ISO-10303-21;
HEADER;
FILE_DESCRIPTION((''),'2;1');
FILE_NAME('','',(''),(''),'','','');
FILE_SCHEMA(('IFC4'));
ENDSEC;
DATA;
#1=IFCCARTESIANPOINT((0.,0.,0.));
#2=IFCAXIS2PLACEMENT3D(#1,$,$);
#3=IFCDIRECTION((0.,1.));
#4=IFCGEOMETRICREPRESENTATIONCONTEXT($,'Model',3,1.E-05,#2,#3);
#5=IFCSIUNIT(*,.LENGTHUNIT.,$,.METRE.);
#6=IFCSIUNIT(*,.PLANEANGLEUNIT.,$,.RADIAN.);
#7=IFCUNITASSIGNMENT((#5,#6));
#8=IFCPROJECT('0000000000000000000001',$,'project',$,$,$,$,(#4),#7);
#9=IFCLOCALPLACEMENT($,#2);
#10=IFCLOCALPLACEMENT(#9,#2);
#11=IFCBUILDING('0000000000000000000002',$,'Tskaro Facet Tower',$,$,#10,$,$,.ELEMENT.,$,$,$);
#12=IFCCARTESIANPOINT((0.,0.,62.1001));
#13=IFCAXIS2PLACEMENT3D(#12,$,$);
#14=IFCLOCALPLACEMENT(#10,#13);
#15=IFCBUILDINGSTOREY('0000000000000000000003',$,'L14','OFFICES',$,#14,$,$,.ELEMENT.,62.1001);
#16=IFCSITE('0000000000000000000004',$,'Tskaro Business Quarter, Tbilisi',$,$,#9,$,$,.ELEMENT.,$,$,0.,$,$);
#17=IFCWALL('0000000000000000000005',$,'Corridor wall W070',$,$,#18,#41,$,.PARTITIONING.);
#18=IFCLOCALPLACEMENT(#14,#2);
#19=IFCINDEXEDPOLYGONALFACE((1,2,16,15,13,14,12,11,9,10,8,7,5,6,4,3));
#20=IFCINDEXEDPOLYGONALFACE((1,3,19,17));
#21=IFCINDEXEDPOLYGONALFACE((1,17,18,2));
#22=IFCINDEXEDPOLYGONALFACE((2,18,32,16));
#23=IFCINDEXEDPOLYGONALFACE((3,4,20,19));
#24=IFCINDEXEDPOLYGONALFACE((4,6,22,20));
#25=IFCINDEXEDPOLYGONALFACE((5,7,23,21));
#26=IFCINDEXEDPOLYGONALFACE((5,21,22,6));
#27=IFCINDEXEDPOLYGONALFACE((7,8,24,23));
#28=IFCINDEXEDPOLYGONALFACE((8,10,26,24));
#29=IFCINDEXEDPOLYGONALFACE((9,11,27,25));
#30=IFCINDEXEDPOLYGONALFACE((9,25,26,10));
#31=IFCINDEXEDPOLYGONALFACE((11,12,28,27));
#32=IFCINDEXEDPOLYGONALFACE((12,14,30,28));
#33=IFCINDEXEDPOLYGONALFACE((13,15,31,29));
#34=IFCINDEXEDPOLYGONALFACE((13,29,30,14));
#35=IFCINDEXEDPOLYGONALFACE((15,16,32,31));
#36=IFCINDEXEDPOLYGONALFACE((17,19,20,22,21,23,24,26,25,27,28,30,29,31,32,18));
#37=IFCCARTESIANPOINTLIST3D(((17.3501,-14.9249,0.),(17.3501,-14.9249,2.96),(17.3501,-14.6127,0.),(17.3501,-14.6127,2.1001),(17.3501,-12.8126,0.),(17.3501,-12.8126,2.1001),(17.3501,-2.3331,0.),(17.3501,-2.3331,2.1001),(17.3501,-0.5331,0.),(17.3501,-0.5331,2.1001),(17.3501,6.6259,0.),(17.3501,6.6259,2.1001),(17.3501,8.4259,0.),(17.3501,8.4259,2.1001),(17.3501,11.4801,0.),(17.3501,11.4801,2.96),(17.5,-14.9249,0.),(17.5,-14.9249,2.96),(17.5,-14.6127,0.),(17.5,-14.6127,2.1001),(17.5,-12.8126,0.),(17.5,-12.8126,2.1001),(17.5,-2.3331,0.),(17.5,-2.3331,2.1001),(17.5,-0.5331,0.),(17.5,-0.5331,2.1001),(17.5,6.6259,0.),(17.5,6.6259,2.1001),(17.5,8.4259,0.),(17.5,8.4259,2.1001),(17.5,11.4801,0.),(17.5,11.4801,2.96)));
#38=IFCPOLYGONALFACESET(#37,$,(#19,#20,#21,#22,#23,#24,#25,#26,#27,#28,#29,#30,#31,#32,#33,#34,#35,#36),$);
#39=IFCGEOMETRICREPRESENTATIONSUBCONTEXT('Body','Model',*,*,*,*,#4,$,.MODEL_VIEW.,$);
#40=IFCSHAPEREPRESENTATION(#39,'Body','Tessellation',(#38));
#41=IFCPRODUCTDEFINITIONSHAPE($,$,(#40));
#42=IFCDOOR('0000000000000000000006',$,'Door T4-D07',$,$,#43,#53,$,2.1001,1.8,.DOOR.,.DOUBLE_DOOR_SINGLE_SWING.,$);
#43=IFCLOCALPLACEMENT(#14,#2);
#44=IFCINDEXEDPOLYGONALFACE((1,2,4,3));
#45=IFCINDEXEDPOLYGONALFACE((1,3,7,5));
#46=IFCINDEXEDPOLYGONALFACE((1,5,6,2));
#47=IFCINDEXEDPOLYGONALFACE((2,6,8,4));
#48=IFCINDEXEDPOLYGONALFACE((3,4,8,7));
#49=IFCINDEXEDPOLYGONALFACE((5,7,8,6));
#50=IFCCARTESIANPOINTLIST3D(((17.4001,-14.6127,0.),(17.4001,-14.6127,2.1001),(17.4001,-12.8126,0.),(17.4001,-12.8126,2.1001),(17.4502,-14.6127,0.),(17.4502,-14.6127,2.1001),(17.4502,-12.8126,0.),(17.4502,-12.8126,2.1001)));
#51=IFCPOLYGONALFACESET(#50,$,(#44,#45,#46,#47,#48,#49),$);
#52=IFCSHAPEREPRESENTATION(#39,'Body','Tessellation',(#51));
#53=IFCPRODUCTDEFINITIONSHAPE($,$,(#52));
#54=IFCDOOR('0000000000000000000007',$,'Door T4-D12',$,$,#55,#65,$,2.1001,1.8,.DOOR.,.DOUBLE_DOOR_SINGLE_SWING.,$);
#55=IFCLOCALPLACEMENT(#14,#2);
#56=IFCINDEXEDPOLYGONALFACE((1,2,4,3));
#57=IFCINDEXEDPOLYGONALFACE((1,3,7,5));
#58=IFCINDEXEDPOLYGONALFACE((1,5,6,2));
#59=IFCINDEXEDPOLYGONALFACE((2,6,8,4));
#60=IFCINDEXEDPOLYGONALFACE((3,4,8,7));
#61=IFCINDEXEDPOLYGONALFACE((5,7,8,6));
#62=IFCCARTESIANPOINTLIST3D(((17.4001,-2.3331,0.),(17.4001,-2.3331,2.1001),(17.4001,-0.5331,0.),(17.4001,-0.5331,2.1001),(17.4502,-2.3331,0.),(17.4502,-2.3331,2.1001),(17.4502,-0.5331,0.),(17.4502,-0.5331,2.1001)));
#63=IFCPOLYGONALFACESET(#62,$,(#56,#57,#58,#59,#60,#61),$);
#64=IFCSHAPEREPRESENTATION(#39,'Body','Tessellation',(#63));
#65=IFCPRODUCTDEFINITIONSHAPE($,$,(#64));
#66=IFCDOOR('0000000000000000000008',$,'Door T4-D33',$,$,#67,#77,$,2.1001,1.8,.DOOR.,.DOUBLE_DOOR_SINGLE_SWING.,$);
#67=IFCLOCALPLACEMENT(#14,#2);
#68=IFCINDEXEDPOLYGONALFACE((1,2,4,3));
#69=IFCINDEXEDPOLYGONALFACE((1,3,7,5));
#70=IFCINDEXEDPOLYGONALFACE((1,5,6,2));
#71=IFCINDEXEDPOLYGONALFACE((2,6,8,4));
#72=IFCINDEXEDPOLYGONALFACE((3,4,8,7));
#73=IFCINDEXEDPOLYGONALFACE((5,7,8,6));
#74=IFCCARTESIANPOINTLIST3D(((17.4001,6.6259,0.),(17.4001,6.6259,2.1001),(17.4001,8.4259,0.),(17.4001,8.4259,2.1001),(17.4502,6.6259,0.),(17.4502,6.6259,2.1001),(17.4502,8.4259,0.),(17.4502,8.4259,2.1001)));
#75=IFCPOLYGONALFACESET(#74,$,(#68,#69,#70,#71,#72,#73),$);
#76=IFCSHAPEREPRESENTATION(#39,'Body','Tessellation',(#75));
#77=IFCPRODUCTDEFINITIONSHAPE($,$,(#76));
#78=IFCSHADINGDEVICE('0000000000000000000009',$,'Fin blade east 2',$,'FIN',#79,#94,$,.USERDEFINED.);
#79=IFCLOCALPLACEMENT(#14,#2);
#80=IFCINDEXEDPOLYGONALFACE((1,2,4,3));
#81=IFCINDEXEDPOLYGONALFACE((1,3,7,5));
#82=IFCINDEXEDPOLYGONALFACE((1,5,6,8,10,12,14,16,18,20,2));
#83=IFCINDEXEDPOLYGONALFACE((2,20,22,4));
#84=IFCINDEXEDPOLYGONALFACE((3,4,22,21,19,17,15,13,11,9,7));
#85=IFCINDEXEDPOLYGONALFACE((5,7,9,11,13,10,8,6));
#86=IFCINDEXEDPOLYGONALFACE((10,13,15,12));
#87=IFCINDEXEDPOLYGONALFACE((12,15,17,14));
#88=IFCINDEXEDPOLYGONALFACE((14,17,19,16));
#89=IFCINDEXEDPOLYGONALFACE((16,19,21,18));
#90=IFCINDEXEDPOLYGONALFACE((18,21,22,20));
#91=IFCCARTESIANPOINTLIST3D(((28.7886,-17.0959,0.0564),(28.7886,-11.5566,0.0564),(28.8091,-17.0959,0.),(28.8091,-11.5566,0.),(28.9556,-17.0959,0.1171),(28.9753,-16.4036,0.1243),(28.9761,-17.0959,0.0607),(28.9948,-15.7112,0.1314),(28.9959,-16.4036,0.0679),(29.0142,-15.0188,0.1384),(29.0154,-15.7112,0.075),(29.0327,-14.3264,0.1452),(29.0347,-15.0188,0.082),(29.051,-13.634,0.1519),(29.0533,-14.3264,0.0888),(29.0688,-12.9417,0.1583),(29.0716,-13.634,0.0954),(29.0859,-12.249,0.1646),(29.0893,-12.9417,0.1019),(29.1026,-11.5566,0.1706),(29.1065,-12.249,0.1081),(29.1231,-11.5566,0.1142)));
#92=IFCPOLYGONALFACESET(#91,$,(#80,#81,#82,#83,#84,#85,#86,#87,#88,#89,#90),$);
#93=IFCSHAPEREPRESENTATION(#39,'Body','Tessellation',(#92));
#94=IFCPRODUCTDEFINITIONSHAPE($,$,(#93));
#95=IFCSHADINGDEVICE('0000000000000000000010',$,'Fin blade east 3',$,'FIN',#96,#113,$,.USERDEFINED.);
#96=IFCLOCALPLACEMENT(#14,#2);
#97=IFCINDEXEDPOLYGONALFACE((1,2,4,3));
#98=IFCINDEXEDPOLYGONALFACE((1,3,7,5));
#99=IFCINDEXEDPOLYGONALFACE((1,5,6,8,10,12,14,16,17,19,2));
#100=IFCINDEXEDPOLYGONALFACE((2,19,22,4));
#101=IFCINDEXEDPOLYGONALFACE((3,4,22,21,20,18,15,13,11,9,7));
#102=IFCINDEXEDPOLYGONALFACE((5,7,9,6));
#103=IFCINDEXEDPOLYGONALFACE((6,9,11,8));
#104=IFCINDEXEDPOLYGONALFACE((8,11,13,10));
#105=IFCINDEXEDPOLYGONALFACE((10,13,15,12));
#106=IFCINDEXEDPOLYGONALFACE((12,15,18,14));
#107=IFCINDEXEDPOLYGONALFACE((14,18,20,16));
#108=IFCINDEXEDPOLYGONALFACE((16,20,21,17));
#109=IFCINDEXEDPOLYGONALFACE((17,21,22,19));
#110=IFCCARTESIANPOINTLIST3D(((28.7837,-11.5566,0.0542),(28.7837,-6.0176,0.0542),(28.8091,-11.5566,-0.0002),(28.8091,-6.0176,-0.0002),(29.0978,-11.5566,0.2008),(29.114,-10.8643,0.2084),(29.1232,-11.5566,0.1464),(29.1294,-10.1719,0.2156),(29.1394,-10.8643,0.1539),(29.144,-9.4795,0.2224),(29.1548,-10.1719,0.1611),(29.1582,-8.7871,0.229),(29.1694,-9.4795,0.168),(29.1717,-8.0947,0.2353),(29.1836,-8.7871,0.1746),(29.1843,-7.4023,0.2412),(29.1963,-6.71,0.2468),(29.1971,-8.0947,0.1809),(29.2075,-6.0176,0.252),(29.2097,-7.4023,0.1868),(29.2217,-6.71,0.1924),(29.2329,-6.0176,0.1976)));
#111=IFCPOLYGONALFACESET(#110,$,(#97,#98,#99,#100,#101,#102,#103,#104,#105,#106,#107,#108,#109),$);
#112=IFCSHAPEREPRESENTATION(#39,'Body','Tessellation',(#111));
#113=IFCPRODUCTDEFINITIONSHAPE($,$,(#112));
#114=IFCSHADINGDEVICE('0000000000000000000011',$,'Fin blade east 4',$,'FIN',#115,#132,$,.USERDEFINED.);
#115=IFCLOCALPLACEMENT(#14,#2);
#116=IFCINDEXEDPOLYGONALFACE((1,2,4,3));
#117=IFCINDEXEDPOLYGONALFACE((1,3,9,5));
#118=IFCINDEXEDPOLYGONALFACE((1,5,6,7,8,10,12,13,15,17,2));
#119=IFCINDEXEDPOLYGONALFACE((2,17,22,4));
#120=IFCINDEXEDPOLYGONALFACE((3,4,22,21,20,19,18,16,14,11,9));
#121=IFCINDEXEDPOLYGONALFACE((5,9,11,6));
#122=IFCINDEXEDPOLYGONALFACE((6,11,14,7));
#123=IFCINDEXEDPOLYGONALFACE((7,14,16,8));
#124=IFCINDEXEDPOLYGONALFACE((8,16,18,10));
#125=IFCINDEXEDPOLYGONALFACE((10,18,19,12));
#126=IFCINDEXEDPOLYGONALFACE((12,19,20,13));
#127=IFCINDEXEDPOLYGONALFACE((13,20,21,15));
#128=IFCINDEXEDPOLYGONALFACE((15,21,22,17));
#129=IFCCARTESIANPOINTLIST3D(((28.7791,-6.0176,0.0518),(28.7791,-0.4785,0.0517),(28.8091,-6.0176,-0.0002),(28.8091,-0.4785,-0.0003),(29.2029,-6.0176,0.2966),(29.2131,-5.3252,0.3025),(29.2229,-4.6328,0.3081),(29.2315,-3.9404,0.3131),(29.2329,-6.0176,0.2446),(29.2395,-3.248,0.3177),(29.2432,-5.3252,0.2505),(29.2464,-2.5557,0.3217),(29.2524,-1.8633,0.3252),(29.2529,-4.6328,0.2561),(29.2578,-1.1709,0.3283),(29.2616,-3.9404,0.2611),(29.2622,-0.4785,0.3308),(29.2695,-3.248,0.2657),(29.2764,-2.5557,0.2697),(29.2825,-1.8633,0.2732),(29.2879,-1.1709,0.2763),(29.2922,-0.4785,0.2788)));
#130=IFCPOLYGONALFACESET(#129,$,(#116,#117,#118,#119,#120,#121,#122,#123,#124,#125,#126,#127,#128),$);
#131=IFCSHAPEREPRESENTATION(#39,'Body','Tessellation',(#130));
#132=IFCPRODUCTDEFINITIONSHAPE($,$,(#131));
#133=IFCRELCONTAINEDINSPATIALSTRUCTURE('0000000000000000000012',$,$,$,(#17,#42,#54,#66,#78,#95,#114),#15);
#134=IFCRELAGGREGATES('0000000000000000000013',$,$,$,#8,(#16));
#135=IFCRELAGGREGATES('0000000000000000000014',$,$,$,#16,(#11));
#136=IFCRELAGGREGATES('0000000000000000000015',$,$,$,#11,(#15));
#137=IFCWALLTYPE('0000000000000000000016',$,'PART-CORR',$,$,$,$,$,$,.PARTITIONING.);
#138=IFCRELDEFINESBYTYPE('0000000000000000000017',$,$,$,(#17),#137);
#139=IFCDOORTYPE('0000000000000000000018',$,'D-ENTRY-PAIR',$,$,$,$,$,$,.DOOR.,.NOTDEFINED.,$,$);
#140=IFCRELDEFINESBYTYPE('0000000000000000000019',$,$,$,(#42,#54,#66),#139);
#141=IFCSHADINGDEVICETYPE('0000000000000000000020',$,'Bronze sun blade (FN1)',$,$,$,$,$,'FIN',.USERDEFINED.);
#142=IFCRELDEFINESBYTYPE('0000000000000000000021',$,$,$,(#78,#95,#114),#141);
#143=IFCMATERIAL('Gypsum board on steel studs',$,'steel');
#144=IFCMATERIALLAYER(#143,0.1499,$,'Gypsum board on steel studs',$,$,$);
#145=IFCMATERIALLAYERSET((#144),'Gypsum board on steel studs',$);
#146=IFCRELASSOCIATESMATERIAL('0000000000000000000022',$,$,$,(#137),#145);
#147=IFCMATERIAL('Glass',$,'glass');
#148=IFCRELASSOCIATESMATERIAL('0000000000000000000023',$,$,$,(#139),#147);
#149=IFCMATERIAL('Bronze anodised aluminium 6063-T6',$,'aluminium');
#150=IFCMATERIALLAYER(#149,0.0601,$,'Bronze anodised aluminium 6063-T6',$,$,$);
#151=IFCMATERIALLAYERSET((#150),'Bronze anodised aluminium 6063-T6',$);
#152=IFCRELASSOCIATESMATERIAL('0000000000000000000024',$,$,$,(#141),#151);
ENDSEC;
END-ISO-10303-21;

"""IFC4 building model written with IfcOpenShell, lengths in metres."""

from ifc_helpers import new_model, si_unit, direction, frame, frame_2d, origin, place, context, subcontext, project, spatial, polyline, rectangle, outline, extrude, material, layer, layer_set, type_object, element, fill, save


model = new_model("IFC4")

# Units and contexts
model_context = context("Model", 3, precision=1e-05, world=origin(), true_north=direction((0.0, 1.0)))
body_context = subcontext(model_context, "Body", "Model", "MODEL_VIEW")
ifc_project = project(units=[si_unit("LENGTHUNIT", "METRE"), si_unit("PLANEANGLEUNIT", "RADIAN")], contexts=[model_context])

# Site, building, storey
site_placement = place(None, origin())
site = spatial("IfcSite", under=ifc_project, at=site_placement, Name="Tskaro Business Quarter, Tbilisi", CompositionType="ELEMENT", RefElevation=0.0)
building_placement = place(site_placement, origin())
building = spatial("IfcBuilding", under=site, at=building_placement, Name="Tskaro Facet Tower", CompositionType="ELEMENT")
storey_placement = place(building_placement, frame((0.0, 0.0, 62.1001)))
storey = spatial("IfcBuildingStorey", under=building, at=storey_placement, Name="L14", Description="OFFICES", CompositionType="ELEMENT", Elevation=62.1001)

# Shared definitions
ifc_material_1 = material(Name="Bronze anodised aluminium 6063-T6", Category="aluminium")

# Shared definitions
ifc_material_2 = material(Name="Gypsum board on steel studs", Category="steel")

# Shared definitions
ifc_layer_1 = layer(ifc_material_2, 0.1499, Name="Gypsum board on steel studs")
ifc_layer_set_1 = layer_set([ifc_layer_1], Name="Gypsum board on steel studs")
wall_type_1 = type_object("IfcWallType", Name="PART-CORR", PredefinedType="PARTITIONING", material=ifc_layer_set_1)

# Wall, openings, doors
wall_1_placement = place(storey_placement, frame((17.425, -14.925, 0.0), z_axis=(0.0, 0.0, 1.0), x_axis=(0.0, 1.0, 0.0)))
wall_1 = element("IfcWall", 1, at=wall_1_placement, inside=storey, type_object=wall_type_1, Name="Corridor wall W070", PredefinedType="PARTITIONING", context=body_context, shape_type="SweptSolid", body=[
    extrude(rectangle(XDim=26.405, YDim=0.1499, at=frame_2d((13.2026, 0.0))), origin(), (0.0, 0.0, 1.0), 2.96),
])
opening_1_placement = place(wall_1_placement, frame((0.3125, 0.0, 0.0)))
opening_1 = element("IfcOpeningElement", 2, at=opening_1_placement, cuts=wall_1, PredefinedType="OPENING", context=body_context, shape_type="SweptSolid", body=[
    extrude(rectangle(XDim=1.8, YDim=2.1001, at=frame_2d((0.8999, 1.05))), frame((0.0, 0.085, 0.0), z_axis=(0.0, -1.0, 0.0), x_axis=(1.0, 0.0, 0.0)), (0.0, 0.0, 1.0), 0.1699),
])
opening_2_placement = place(wall_1_placement, frame((12.592, 0.0, 0.0)))
opening_2 = element("IfcOpeningElement", 3, at=opening_2_placement, cuts=wall_1, PredefinedType="OPENING", context=body_context, shape_type="SweptSolid", body=[
    extrude(rectangle(XDim=1.8, YDim=2.1001, at=frame_2d((0.8999, 1.05))), frame((0.0, 0.085, 0.0), z_axis=(0.0, -1.0, 0.0), x_axis=(1.0, 0.0, 0.0)), (0.0, 0.0, 1.0), 0.1699),
])
opening_3_placement = place(wall_1_placement, frame((21.551, 0.0, 0.0)))
opening_3 = element("IfcOpeningElement", 4, at=opening_3_placement, cuts=wall_1, PredefinedType="OPENING", context=body_context, shape_type="SweptSolid", body=[
    extrude(rectangle(XDim=1.8, YDim=2.1001, at=frame_2d((0.8999, 1.05))), frame((0.0, 0.085, 0.0), z_axis=(0.0, -1.0, 0.0), x_axis=(1.0, 0.0, 0.0)), (0.0, 0.0, 1.0), 0.1699),
])
ifc_material_3 = material(Name="Glass", Category="glass")
door_type_1 = type_object("IfcDoorType", Name="D-ENTRY-PAIR", OperationType="NOTDEFINED", PredefinedType="DOOR", material=ifc_material_3)
door_1_placement = place(opening_1_placement, origin())
door_1 = element("IfcDoor", 5, at=door_1_placement, inside=storey, type_object=door_type_1, Name="Door T4-D07", OperationType="DOUBLE_DOOR_SINGLE_SWING", OverallHeight=2.1001, OverallWidth=1.8, PredefinedType="DOOR", context=body_context, shape_type="SweptSolid", body=[
    extrude(rectangle(XDim=1.8, YDim=2.1001, at=frame_2d((0.8999, 1.05))), frame((0.0, 0.0249, 0.0), z_axis=(0.0, -1.0, 0.0), x_axis=(1.0, 0.0, 0.0)), (0.0, 0.0, 1.0), 0.05),
])
fill(opening_1, door_1)
door_2_placement = place(opening_2_placement, origin())
door_2 = element("IfcDoor", 6, at=door_2_placement, inside=storey, type_object=door_type_1, Name="Door T4-D12", OperationType="DOUBLE_DOOR_SINGLE_SWING", OverallHeight=2.1001, OverallWidth=1.8, PredefinedType="DOOR", context=body_context, shape_type="SweptSolid", body=[
    extrude(rectangle(XDim=1.8, YDim=2.1001, at=frame_2d((0.8999, 1.05))), frame((0.0, 0.0249, 0.0), z_axis=(0.0, -1.0, 0.0), x_axis=(1.0, 0.0, 0.0)), (0.0, 0.0, 1.0), 0.05),
])
fill(opening_2, door_2)
door_3_placement = place(opening_3_placement, origin())
door_3 = element("IfcDoor", 7, at=door_3_placement, inside=storey, type_object=door_type_1, Name="Door T4-D33", OperationType="DOUBLE_DOOR_SINGLE_SWING", OverallHeight=2.1001, OverallWidth=1.8, PredefinedType="DOOR", context=body_context, shape_type="SweptSolid", body=[
    extrude(rectangle(XDim=1.8, YDim=2.1001, at=frame_2d((0.8999, 1.05))), frame((0.0, 0.0249, 0.0), z_axis=(0.0, -1.0, 0.0), x_axis=(1.0, 0.0, 0.0)), (0.0, 0.0, 1.0), 0.05),
])
fill(opening_3, door_3)

# Shading devices
ifc_layer_2 = layer(ifc_material_1, 0.0601, Name="Bronze anodised aluminium 6063-T6")
ifc_layer_set_2 = layer_set([ifc_layer_2], Name="Bronze anodised aluminium 6063-T6")
shading_device_type = type_object("IfcShadingDeviceType", Name="Bronze sun blade (FN1)", ElementType="FIN", PredefinedType="USERDEFINED", material=ifc_layer_set_2)
shading_device_1_placement = place(storey_placement, frame((28.7886, -17.0959, 0.0564), z_axis=(-0.341738, -0.000006, 0.939795), x_axis=(-0.000002, 1.0, 0.000006)))
element("IfcShadingDevice", 8, at=shading_device_1_placement, inside=storey, type_object=shading_device_type, Name="Fin blade east 2", ObjectType="FIN", PredefinedType="USERDEFINED", context=body_context, shape_type="SweptSolid", body=[
    extrude(outline(polyline([(0.0, 0.0), (5.5393, 0.0), (5.5393, -0.3341), (4.8469, -0.3164), (4.1543, -0.2982), (3.4619, -0.2793), (2.7695, -0.2598), (2.0771, -0.24), (1.3848, -0.2195), (0.6924, -0.1987), (0.0, -0.1777), (0.0, 0.0)])), origin(), (0.0, 0.0, -1.0), 0.0601),
])
shading_device_2_placement = place(storey_placement, frame((28.7837, -11.5566, 0.0542), z_axis=(-0.422932, -0.000006, 0.906161), x_axis=(-0.000003, 1.0, 0.000006)))
element("IfcShadingDevice", 9, at=shading_device_2_placement, inside=storey, type_object=shading_device_type, Name="Fin blade east 3", ObjectType="FIN", PredefinedType="USERDEFINED", context=body_context, shape_type="SweptSolid", body=[
    extrude(outline(polyline([(0.0, 0.0), (5.5391, 0.0), (5.5391, -0.4677), (4.8467, -0.4553), (4.1543, -0.4421), (3.4619, -0.4282), (2.7695, -0.4133), (2.0771, -0.3977), (1.3848, -0.3815), (0.6924, -0.3645), (0.0, -0.3467), (0.0, 0.0)])), origin(), (0.0, 0.0, -1.0), 0.0601),
])
shading_device_3_placement = place(storey_placement, frame((28.7791, -6.0176, 0.0518), z_axis=(-0.500216, 0.000007, 0.865901), x_axis=(0.000004, 1.0, -0.000006)))
element("IfcShadingDevice", 10, at=shading_device_3_placement, inside=storey, type_object=shading_device_type, Name="Fin blade east 4", ObjectType="FIN", PredefinedType="USERDEFINED", context=body_context, shape_type="SweptSolid", body=[
    extrude(outline(polyline([(0.0, 0.0), (5.5391, 0.0), (5.5391, -0.558), (4.8467, -0.5529), (4.1543, -0.5467), (3.4619, -0.5397), (2.7695, -0.5317), (2.0771, -0.5225), (1.3848, -0.5126), (0.6924, -0.5013), (0.0, -0.4895), (0.0, 0.0)])), origin(), (0.0, 0.0, -1.0), 0.0601),
])

save(model, "model.ifc")
